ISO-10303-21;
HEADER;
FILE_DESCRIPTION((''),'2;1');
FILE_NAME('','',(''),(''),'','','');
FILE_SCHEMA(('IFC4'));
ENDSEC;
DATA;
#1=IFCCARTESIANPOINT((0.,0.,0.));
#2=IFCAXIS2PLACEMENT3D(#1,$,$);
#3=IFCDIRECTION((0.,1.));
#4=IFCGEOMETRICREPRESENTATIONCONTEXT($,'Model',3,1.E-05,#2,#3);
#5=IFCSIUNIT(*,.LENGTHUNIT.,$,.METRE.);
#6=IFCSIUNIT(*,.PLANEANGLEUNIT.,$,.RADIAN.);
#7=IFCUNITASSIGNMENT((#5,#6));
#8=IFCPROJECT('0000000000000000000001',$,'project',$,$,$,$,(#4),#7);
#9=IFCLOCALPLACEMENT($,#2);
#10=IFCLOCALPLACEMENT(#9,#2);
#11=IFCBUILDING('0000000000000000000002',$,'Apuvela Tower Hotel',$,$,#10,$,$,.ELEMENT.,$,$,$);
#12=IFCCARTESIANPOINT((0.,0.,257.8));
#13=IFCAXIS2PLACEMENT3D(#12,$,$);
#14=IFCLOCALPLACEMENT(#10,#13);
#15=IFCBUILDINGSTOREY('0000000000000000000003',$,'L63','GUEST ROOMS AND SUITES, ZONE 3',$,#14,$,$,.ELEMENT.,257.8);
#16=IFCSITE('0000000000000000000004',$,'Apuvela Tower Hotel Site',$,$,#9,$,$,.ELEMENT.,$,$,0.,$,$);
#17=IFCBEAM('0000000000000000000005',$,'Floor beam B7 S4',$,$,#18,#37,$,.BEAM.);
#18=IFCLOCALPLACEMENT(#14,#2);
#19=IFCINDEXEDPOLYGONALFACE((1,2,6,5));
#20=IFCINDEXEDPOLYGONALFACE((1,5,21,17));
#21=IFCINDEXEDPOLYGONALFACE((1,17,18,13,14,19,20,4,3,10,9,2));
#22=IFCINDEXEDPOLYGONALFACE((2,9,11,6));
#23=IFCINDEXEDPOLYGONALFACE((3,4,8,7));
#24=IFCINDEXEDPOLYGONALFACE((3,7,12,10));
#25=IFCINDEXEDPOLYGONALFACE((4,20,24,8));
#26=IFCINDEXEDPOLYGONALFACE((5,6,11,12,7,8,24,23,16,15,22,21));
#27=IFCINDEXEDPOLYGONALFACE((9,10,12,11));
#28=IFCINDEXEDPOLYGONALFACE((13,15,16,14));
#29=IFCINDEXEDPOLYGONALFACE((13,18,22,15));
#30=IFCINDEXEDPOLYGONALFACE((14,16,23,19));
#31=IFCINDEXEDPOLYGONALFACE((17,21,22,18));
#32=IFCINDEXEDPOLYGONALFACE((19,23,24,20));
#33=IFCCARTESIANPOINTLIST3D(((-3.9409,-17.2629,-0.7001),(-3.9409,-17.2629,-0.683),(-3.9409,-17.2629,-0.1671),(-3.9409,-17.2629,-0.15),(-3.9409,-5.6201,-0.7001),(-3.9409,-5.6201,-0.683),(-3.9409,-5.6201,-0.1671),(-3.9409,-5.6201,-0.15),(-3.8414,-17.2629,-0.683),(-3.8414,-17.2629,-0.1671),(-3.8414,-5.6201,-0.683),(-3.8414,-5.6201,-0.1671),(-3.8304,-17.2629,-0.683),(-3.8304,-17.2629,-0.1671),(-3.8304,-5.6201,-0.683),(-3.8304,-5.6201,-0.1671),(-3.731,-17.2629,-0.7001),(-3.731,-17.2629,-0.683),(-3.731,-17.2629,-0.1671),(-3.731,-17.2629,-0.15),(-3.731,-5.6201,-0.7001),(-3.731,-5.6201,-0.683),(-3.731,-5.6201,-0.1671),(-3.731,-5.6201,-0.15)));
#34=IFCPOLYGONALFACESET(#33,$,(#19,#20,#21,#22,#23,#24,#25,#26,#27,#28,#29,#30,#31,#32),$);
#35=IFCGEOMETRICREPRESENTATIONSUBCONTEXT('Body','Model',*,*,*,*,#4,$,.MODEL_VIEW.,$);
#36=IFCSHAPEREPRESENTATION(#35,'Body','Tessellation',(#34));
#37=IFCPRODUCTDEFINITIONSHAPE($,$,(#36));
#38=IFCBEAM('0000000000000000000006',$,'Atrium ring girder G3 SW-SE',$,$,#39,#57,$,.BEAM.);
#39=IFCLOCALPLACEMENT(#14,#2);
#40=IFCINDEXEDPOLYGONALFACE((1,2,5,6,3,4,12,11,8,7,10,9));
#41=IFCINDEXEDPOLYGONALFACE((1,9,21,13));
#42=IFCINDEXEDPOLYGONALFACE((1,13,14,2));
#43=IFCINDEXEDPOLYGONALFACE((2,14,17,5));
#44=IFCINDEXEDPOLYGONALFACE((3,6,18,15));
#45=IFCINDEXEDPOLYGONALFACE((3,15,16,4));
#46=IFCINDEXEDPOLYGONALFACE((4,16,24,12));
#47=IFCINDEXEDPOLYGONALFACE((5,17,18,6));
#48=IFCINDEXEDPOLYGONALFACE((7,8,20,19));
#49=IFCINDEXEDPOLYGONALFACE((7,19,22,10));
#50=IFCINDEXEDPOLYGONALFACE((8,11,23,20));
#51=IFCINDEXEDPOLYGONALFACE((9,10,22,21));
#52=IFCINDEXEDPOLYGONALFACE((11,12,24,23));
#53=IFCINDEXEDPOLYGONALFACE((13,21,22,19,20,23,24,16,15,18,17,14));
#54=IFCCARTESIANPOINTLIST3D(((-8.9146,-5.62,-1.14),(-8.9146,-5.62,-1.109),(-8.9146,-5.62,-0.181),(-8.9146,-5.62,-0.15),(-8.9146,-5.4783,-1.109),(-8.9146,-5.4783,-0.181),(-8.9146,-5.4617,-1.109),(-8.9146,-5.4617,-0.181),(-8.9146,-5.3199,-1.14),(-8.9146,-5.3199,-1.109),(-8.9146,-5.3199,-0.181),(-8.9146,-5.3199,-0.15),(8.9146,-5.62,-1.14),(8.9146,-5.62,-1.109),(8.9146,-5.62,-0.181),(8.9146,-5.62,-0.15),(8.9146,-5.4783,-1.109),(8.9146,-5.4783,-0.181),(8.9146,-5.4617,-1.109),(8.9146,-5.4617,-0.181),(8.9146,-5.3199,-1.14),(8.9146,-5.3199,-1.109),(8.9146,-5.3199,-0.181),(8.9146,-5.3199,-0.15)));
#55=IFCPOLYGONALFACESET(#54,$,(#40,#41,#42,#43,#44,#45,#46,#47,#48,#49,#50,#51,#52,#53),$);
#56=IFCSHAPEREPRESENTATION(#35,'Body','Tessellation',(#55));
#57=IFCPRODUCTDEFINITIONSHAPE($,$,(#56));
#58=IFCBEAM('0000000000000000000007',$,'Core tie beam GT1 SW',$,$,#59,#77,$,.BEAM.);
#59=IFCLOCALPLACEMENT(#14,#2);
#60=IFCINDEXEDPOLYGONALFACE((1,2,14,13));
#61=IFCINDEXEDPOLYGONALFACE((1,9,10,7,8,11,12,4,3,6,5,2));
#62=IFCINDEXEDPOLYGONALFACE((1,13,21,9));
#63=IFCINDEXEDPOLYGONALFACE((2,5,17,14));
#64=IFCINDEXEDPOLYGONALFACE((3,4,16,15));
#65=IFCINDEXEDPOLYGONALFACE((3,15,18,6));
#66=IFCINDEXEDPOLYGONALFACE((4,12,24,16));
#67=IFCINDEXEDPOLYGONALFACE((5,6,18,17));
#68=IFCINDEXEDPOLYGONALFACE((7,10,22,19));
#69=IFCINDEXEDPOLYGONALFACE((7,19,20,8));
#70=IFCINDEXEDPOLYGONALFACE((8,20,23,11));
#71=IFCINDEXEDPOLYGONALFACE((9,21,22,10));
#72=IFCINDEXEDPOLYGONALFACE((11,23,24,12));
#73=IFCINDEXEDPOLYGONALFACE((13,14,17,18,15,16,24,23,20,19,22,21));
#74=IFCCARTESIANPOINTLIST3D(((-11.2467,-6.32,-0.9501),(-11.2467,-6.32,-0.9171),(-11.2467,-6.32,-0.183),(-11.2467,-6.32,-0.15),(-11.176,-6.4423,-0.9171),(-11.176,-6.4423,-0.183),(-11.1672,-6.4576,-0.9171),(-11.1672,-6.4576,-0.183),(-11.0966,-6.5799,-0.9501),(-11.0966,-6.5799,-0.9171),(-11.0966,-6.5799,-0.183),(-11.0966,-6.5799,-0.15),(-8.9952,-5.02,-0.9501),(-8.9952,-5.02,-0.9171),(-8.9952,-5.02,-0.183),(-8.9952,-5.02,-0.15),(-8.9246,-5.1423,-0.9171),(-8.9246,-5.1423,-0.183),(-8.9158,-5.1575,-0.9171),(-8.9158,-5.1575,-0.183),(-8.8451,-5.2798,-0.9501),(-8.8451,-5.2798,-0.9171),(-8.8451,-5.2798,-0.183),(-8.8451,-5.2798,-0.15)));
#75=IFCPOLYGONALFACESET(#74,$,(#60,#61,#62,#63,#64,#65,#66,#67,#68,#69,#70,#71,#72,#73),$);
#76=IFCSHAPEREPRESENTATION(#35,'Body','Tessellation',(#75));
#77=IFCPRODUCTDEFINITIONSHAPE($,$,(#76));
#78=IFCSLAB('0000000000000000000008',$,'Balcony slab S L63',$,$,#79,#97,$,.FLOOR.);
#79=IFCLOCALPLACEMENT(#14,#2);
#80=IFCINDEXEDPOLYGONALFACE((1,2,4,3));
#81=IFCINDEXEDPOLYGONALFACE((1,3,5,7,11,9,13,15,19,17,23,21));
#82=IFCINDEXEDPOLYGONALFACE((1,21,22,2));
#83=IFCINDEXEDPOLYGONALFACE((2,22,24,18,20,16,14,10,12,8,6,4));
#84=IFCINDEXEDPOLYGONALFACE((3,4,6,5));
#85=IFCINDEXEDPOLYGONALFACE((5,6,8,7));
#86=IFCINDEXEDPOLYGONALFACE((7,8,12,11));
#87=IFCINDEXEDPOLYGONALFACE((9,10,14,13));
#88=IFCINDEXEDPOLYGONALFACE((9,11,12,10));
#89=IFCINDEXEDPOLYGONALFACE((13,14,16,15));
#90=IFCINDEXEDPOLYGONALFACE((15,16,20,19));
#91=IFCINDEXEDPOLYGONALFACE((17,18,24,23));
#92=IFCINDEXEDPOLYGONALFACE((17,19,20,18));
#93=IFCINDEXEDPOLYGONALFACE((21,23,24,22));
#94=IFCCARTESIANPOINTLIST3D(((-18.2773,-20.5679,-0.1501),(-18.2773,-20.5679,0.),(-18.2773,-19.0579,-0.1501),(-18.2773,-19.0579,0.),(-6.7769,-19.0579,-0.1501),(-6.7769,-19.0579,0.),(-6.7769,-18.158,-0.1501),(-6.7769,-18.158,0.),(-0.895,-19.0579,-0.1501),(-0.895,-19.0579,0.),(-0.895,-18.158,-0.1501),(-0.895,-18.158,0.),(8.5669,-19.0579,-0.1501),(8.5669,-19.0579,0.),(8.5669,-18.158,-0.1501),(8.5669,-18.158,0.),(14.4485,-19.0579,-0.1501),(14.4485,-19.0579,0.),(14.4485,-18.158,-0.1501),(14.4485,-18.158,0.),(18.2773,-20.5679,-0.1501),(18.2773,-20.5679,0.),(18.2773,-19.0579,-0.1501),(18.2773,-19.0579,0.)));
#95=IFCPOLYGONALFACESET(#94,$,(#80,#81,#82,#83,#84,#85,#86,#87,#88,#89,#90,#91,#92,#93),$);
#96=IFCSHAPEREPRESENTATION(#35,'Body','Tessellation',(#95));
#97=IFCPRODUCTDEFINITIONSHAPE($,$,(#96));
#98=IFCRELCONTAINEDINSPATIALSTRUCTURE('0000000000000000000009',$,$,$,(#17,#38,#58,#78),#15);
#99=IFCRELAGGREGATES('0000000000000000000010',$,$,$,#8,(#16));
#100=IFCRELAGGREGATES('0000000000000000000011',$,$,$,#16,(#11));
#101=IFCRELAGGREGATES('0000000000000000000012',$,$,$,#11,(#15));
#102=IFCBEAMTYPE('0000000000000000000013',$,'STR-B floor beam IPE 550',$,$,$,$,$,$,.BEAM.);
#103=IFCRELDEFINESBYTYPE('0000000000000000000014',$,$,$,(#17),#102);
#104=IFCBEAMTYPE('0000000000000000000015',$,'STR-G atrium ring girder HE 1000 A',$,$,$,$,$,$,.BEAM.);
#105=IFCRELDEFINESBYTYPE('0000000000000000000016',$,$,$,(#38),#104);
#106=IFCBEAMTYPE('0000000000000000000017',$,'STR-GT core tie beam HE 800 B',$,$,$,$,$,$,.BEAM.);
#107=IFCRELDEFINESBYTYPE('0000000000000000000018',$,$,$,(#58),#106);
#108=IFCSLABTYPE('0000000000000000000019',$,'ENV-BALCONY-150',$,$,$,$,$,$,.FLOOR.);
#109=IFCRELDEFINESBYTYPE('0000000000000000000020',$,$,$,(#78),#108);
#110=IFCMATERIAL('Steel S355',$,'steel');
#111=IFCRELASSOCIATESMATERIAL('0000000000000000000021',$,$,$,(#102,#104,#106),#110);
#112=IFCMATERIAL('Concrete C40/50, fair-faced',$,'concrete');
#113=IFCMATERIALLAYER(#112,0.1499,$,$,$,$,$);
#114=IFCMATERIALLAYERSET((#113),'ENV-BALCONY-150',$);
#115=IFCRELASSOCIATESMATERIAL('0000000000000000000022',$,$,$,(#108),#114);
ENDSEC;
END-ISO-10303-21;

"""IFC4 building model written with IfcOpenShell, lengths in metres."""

from ifc_helpers import new_model, si_unit, direction, frame, origin, origin_2d, place, context, subcontext, project, spatial, polyline, i_section, outline, extrude, material, layer, layer_set, material_profile, profile_set, type_object, element, save


model = new_model("IFC4")

# Units and contexts
model_context = context("Model", 3, precision=1e-05, world=origin(), true_north=direction((0.0, 1.0)))
body_context = subcontext(model_context, "Body", "Model", "MODEL_VIEW")
ifc_project = project(units=[si_unit("LENGTHUNIT", "METRE"), si_unit("PLANEANGLEUNIT", "RADIAN")], contexts=[model_context])

# Site, building, storey
site_placement = place(None, origin())
site = spatial("IfcSite", under=ifc_project, at=site_placement, Name="Apuvela Tower Hotel Site", CompositionType="ELEMENT", RefElevation=0.0)
building_placement = place(site_placement, origin())
building = spatial("IfcBuilding", under=site, at=building_placement, Name="Apuvela Tower Hotel", CompositionType="ELEMENT")
storey_placement = place(building_placement, frame((0.0, 0.0, 257.8)))
storey = spatial("IfcBuildingStorey", under=building, at=storey_placement, Name="L63", Description="GUEST ROOMS AND SUITES, ZONE 3", CompositionType="ELEMENT", Elevation=257.8)

# Beams
ifc_material_1 = material(Name="Steel S355", Category="steel")
ifc_material_profile_1 = material_profile(ifc_material_1, i_section(OverallWidth=0.21, OverallDepth=0.55, WebThickness=0.011, FlangeThickness=0.0171, at=origin_2d()), Name="IPE 550")
ifc_profile_set_1 = profile_set([ifc_material_profile_1], Name="Steel S355")
beam_type_1 = type_object("IfcBeamType", Name="STR-B floor beam IPE 550", PredefinedType="BEAM", material=ifc_profile_set_1)
beam_1_placement = place(storey_placement, frame((-3.8359, -17.2629, -0.425), z_axis=(0.0, 1.0, 0.0), x_axis=(-1.0, 0.0, 0.0)))
element("IfcBeam", 1, at=beam_1_placement, inside=storey, type_object=beam_type_1, Name="Floor beam B7 S4", PredefinedType="BEAM", context=body_context, shape_type="SweptSolid", body=[
    extrude(i_section(OverallWidth=0.21, OverallDepth=0.55, WebThickness=0.011, FlangeThickness=0.0171, at=origin_2d()), origin(), (0.0, 0.0, 1.0), 11.6428),
])
ifc_material_profile_2 = material_profile(ifc_material_1, i_section(OverallWidth=0.3, OverallDepth=0.99, WebThickness=0.0166, FlangeThickness=0.031, at=origin_2d()), Name="HE 1000 A")
ifc_profile_set_2 = profile_set([ifc_material_profile_2], Name="Steel S355")
beam_type_2 = type_object("IfcBeamType", Name="STR-G atrium ring girder HE 1000 A", PredefinedType="BEAM", material=ifc_profile_set_2)
beam_2_placement = place(storey_placement, frame((-8.9146, -5.47, -0.645), z_axis=(1.0, 0.0, 0.0), x_axis=(0.0, 1.0, 0.0)))
element("IfcBeam", 2, at=beam_2_placement, inside=storey, type_object=beam_type_2, Name="Atrium ring girder G3 SW-SE", PredefinedType="BEAM", context=body_context, shape_type="SweptSolid", body=[
    extrude(i_section(OverallWidth=0.3, OverallDepth=0.99, WebThickness=0.0166, FlangeThickness=0.031, at=origin_2d()), origin(), (0.0, 0.0, 1.0), 17.8291),
])
ifc_material_profile_3 = material_profile(ifc_material_1, i_section(OverallWidth=0.3, OverallDepth=0.8, WebThickness=0.0176, FlangeThickness=0.033, at=origin_2d()), Name="HE 800 B")
ifc_profile_set_3 = profile_set([ifc_material_profile_3], Name="Steel S355")
beam_type_3 = type_object("IfcBeamType", Name="STR-GT core tie beam HE 800 B", PredefinedType="BEAM", material=ifc_profile_set_3)
beam_3_placement = place(storey_placement, frame((-11.1716, -6.45, -0.55), z_axis=(0.865998, 0.500048, 0.0), x_axis=(-0.500048, 0.865998, 0.0)))
element("IfcBeam", 3, at=beam_3_placement, inside=storey, type_object=beam_type_3, Name="Core tie beam GT1 SW", PredefinedType="BEAM", context=body_context, shape_type="SweptSolid", body=[
    extrude(i_section(OverallWidth=0.3, OverallDepth=0.8, WebThickness=0.0176, FlangeThickness=0.033, at=origin_2d()), origin(), (0.0, 0.0, 1.0), 2.5999),
])

# Slab
ifc_material_2 = material(Name="Concrete C40/50, fair-faced", Category="concrete")
ifc_layer_1 = layer(ifc_material_2, 0.1499)
ifc_layer_set_1 = layer_set([ifc_layer_1], Name="ENV-BALCONY-150")
slab_type_1 = type_object("IfcSlabType", Name="ENV-BALCONY-150", PredefinedType="FLOOR", material=ifc_layer_set_1)
slab_1_placement = place(storey_placement, frame((0.0, 0.0, -0.1501)))
element("IfcSlab", 4, at=slab_1_placement, inside=storey, type_object=slab_type_1, Name="Balcony slab S L63", PredefinedType="FLOOR", context=body_context, shape_type="SweptSolid", body=[
    extrude(outline(polyline([(18.2773, -20.5679), (-18.2773, -20.5679), (-18.2773, -19.0579), (-6.7769, -19.0579), (-6.7769, -18.158), (-0.895, -18.158), (-0.895, -19.0579), (8.5669, -19.0579), (8.5669, -18.158), (14.4485, -18.158), (14.4485, -19.0579), (18.2773, -19.0579), (18.2773, -20.5679)])), origin(), (0.0, 0.0, 1.0), 0.1501),
])

save(model, "model.ifc")
